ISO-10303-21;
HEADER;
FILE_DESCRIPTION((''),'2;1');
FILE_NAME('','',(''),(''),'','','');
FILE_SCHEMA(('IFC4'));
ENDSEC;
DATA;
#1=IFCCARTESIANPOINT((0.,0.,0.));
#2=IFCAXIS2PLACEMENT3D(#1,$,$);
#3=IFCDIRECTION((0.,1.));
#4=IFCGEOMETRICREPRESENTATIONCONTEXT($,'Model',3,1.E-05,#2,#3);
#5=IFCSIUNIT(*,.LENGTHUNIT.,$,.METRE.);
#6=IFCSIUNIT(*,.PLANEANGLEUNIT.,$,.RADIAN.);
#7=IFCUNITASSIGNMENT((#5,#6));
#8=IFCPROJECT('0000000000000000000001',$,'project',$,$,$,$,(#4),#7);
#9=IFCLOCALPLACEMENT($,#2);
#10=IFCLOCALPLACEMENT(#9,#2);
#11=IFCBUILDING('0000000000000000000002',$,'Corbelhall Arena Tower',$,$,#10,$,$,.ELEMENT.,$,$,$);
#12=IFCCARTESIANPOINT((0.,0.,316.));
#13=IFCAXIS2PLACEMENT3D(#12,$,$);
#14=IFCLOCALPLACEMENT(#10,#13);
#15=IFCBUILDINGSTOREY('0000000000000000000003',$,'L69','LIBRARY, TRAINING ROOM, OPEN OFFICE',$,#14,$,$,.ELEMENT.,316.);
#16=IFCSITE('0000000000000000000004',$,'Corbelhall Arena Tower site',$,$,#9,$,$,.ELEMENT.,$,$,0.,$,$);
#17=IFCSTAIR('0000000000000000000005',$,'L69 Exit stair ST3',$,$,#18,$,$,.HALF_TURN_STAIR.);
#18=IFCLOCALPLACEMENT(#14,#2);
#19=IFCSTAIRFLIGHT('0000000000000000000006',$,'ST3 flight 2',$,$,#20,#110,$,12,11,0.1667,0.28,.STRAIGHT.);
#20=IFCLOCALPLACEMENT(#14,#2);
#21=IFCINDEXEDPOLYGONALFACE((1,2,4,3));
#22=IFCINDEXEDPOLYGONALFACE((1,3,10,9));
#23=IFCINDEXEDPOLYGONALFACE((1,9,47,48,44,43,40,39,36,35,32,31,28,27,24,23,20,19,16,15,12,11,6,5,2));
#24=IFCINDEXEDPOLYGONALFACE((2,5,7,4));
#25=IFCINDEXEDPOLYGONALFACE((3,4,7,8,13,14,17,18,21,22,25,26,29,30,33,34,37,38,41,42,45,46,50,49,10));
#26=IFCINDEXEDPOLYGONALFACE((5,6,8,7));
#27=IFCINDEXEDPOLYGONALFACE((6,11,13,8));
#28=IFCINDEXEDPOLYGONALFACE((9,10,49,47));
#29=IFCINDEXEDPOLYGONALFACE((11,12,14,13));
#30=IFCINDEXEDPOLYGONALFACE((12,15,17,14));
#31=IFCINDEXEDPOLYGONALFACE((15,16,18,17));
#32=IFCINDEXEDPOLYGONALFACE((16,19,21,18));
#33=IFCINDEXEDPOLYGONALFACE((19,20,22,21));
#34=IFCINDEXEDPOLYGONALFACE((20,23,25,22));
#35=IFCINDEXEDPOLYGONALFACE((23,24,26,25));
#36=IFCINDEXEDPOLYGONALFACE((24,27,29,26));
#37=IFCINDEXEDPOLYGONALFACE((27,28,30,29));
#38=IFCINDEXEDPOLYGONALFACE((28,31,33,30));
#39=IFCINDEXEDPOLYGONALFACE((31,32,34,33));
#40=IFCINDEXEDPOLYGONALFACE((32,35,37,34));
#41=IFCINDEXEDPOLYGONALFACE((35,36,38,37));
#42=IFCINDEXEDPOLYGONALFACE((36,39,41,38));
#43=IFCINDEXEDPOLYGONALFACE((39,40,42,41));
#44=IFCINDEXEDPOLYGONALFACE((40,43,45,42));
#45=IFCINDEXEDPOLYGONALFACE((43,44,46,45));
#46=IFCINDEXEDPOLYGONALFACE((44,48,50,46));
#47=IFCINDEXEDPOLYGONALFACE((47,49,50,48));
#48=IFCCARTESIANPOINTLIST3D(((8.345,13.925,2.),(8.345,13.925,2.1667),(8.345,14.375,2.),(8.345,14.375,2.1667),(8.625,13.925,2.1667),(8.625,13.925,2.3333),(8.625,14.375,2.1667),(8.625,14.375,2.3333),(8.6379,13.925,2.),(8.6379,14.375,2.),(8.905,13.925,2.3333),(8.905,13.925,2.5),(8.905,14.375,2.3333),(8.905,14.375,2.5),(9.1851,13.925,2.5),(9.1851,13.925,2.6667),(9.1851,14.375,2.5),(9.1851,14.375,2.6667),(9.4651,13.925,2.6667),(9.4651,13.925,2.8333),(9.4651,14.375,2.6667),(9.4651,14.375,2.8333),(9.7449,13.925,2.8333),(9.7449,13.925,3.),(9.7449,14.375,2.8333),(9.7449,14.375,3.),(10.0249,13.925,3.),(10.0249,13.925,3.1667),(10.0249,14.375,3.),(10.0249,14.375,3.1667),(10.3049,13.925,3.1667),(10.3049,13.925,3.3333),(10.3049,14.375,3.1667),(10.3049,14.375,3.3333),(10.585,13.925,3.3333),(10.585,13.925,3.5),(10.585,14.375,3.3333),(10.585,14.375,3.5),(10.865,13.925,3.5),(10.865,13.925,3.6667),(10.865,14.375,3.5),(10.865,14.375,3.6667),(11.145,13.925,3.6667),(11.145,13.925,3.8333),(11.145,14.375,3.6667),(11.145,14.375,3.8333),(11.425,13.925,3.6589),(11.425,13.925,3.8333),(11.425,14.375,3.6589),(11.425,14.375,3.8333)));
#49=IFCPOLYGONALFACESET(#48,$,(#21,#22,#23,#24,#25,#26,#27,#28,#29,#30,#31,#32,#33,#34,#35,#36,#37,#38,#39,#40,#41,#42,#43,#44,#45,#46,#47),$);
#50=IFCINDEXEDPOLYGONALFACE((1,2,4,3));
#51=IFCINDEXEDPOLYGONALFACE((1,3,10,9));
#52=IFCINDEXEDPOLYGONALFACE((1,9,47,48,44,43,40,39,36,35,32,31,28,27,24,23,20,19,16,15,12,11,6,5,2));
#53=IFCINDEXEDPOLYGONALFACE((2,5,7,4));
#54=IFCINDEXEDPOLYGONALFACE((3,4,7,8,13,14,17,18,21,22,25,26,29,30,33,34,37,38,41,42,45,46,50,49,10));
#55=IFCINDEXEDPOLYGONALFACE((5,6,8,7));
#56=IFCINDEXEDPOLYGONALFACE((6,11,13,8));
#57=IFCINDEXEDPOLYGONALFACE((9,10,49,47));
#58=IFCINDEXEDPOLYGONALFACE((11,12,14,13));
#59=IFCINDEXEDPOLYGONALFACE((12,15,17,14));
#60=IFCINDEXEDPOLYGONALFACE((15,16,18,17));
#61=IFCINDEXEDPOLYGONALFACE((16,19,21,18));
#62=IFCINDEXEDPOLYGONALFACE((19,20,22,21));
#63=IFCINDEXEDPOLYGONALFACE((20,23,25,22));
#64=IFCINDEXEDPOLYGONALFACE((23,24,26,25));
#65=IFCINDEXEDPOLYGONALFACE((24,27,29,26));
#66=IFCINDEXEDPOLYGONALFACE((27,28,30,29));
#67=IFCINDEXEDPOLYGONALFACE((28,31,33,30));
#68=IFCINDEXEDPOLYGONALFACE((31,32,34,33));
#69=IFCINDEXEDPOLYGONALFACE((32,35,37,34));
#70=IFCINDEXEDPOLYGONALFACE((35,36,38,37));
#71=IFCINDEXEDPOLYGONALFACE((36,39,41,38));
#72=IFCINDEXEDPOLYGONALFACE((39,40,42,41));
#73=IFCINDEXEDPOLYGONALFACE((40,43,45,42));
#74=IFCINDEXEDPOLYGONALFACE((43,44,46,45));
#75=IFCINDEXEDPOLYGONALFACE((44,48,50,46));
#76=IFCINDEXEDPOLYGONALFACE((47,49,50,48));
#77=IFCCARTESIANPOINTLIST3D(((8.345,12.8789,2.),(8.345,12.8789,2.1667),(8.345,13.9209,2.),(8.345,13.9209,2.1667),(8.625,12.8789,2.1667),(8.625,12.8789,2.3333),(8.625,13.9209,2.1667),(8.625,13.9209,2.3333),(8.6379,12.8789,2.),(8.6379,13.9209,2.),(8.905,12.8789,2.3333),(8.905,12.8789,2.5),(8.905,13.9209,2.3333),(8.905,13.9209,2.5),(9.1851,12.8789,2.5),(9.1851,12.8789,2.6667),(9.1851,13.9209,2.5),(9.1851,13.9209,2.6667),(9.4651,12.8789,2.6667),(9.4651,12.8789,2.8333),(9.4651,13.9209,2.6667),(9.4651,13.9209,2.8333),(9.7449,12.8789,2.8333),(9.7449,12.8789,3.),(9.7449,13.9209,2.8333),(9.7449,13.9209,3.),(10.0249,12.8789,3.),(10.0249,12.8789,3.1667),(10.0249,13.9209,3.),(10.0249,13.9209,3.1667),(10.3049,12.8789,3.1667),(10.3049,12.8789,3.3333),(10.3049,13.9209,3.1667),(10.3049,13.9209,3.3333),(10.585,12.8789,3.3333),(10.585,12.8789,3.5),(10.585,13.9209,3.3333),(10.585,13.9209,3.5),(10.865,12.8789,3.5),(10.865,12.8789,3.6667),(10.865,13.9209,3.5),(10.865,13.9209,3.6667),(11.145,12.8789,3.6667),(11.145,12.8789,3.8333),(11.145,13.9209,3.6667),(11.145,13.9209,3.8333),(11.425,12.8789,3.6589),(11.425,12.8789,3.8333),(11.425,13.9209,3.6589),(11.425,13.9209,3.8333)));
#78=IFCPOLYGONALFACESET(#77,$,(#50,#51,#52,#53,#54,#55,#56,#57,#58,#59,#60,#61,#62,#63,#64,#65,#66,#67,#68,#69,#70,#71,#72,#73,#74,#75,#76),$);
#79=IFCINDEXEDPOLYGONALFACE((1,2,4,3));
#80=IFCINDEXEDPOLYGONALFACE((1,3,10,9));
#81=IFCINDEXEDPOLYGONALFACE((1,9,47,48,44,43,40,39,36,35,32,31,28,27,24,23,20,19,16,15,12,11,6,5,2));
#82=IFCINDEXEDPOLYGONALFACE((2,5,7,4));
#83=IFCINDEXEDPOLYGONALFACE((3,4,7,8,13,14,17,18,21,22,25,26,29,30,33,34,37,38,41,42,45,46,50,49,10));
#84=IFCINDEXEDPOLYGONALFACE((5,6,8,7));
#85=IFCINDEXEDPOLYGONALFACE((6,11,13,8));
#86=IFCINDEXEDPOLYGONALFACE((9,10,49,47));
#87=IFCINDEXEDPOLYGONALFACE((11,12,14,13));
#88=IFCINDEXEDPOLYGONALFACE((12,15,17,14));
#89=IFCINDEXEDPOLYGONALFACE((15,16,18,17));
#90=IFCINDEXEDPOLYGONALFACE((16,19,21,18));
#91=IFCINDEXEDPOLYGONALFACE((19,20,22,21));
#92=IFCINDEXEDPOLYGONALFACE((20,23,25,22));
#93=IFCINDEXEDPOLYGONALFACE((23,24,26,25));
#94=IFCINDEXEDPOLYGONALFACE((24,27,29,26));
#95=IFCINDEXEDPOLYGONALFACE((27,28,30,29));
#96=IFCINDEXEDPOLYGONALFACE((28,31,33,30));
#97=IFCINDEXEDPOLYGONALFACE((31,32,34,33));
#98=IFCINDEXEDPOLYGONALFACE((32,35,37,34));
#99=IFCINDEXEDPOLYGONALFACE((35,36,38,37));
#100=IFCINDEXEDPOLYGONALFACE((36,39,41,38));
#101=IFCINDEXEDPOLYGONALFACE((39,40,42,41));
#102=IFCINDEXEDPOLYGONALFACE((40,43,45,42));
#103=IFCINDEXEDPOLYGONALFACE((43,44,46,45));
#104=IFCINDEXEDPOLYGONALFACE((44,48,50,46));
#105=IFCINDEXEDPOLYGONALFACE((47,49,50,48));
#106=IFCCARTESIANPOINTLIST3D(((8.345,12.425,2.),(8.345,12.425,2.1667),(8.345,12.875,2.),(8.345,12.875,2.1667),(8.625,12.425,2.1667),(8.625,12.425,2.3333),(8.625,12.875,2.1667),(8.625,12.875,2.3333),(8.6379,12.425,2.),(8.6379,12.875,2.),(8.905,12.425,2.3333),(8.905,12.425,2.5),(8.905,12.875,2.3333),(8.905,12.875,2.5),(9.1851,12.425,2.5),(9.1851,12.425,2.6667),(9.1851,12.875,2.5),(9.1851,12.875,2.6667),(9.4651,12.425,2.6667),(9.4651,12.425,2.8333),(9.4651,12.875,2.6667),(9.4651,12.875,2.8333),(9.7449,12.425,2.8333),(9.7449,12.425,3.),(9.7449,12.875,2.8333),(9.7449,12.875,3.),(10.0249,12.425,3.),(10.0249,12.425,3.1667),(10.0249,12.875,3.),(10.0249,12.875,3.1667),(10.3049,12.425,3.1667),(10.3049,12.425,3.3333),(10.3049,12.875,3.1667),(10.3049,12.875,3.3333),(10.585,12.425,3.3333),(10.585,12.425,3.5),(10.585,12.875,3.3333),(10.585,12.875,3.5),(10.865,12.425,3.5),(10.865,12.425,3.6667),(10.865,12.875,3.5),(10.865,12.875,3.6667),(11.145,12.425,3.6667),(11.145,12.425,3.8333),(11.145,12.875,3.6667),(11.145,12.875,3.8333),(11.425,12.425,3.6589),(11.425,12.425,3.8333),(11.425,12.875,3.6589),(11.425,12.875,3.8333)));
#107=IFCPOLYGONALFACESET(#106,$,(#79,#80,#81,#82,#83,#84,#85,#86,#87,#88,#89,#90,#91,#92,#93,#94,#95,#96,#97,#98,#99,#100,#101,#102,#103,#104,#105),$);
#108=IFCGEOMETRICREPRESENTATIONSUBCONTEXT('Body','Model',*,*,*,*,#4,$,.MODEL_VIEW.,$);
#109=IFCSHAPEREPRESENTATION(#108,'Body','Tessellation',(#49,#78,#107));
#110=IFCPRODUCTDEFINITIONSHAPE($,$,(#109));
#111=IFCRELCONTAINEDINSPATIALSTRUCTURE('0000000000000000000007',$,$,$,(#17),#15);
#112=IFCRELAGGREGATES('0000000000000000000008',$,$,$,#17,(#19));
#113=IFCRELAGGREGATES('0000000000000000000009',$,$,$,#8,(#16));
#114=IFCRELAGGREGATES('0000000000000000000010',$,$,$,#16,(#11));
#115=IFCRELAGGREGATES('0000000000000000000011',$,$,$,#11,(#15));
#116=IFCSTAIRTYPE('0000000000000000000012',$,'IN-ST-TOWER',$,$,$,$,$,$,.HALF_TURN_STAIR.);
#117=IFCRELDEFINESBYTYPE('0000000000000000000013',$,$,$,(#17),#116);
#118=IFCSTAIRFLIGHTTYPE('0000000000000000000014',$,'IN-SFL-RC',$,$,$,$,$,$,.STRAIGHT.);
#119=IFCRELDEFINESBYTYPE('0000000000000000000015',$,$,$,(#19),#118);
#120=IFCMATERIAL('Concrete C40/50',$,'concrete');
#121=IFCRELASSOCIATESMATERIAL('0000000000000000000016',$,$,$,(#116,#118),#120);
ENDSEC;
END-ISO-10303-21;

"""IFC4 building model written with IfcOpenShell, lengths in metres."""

from ifc_helpers import new_model, si_unit, direction, frame, origin, place, context, subcontext, project, spatial, polyline, outline, extrude, material, type_object, element, aggregate, save


model = new_model("IFC4")

# Units and contexts
model_context = context("Model", 3, precision=1e-05, world=origin(), true_north=direction((0.0, 1.0)))
body_context = subcontext(model_context, "Body", "Model", "MODEL_VIEW")
ifc_project = project(units=[si_unit("LENGTHUNIT", "METRE"), si_unit("PLANEANGLEUNIT", "RADIAN")], contexts=[model_context])

# Site, building, storey
site_placement = place(None, origin())
site = spatial("IfcSite", under=ifc_project, at=site_placement, Name="Corbelhall Arena Tower site", CompositionType="ELEMENT", RefElevation=0.0)
building_placement = place(site_placement, origin())
building = spatial("IfcBuilding", under=site, at=building_placement, Name="Corbelhall Arena Tower", CompositionType="ELEMENT")
storey_placement = place(building_placement, frame((0.0, 0.0, 316.0)))
storey = spatial("IfcBuildingStorey", under=building, at=storey_placement, Name="L69", Description="LIBRARY, TRAINING ROOM, OPEN OFFICE", CompositionType="ELEMENT", Elevation=316.0)

# Shared definitions
ifc_material_1 = material(Name="Concrete C40/50", Category="concrete")
stair_type = type_object("IfcStairType", Name="IN-ST-TOWER", PredefinedType="HALF_TURN_STAIR", material=ifc_material_1)

# Stair, stair flight
stair_1_placement = place(storey_placement, origin())
stair_1 = element("IfcStair", 1, at=stair_1_placement, inside=storey, type_object=stair_type, Name="L69 Exit stair ST3", PredefinedType="HALF_TURN_STAIR")
stair_flight_type = type_object("IfcStairFlightType", Name="IN-SFL-RC", PredefinedType="STRAIGHT", material=ifc_material_1)
stair_flight_placement = place(storey_placement, frame((8.345, 13.3999, 2.0), z_axis=(0.0, 0.0, 1.0), x_axis=(1.0, 0.0, 0.0)))
stair_flight = element("IfcStairFlight", 2, at=stair_flight_placement, type_object=stair_flight_type, Name="ST3 flight 2", NumberOfRisers=12, NumberOfTreads=11, PredefinedType="STRAIGHT", RiserHeight=0.1667, TreadLength=0.28, context=body_context, shape_type="SweptSolid", body=[
    extrude(outline(polyline([(0.0, 0.0), (0.0, 0.1667), (0.28, 0.1667), (0.28, 0.3333), (0.5601, 0.3333), (0.5601, 0.5), (0.8401, 0.5), (0.8401, 0.6667), (1.1201, 0.6667), (1.1201, 0.8333), (1.3999, 0.8333), (1.3999, 1.0), (1.6799, 1.0), (1.6799, 1.1667), (1.96, 1.1667), (1.96, 1.3333), (2.24, 1.3333), (2.24, 1.5), (2.52, 1.5), (2.52, 1.6667), (2.8, 1.6667), (2.8, 1.8333), (3.0801, 1.8333), (3.0801, 2.0), (3.0801, 1.6589), (0.293, 0.0), (0.0, 0.0)])), frame((0.0, 0.9751, 0.0), z_axis=(0.0, -1.0, 0.0), x_axis=(1.0, 0.0, 0.0)), (0.0, 0.0, 1.0), 0.45),
    extrude(outline(polyline([(0.0, 0.0), (0.0, 0.1667), (0.28, 0.1667), (0.28, 0.3333), (0.5601, 0.3333), (0.5601, 0.5), (0.8401, 0.5), (0.8401, 0.6667), (1.1201, 0.6667), (1.1201, 0.8333), (1.3999, 0.8333), (1.3999, 1.0), (1.6799, 1.0), (1.6799, 1.1667), (1.96, 1.1667), (1.96, 1.3333), (2.24, 1.3333), (2.24, 1.5), (2.52, 1.5), (2.52, 1.6667), (2.8, 1.6667), (2.8, 1.8333), (3.0801, 1.8333), (3.0801, 2.0), (3.0801, 1.6589), (0.293, 0.0), (0.0, 0.0)])), frame((0.0, 0.521, 0.0), z_axis=(0.0, -1.0, 0.0), x_axis=(1.0, 0.0, 0.0)), (0.0, 0.0, 1.0), 1.042),
    extrude(outline(polyline([(0.0, 0.0), (0.0, 0.1667), (0.28, 0.1667), (0.28, 0.3333), (0.5601, 0.3333), (0.5601, 0.5), (0.8401, 0.5), (0.8401, 0.6667), (1.1201, 0.6667), (1.1201, 0.8333), (1.3999, 0.8333), (1.3999, 1.0), (1.6799, 1.0), (1.6799, 1.1667), (1.96, 1.1667), (1.96, 1.3333), (2.24, 1.3333), (2.24, 1.5), (2.52, 1.5), (2.52, 1.6667), (2.8, 1.6667), (2.8, 1.8333), (3.0801, 1.8333), (3.0801, 2.0), (3.0801, 1.6589), (0.293, 0.0), (0.0, 0.0)])), frame((0.0, -0.5249, 0.0), z_axis=(0.0, -1.0, 0.0), x_axis=(1.0, 0.0, 0.0)), (0.0, 0.0, 1.0), 0.45),
])
aggregate(stair_1, [stair_flight])

save(model, "model.ifc")
